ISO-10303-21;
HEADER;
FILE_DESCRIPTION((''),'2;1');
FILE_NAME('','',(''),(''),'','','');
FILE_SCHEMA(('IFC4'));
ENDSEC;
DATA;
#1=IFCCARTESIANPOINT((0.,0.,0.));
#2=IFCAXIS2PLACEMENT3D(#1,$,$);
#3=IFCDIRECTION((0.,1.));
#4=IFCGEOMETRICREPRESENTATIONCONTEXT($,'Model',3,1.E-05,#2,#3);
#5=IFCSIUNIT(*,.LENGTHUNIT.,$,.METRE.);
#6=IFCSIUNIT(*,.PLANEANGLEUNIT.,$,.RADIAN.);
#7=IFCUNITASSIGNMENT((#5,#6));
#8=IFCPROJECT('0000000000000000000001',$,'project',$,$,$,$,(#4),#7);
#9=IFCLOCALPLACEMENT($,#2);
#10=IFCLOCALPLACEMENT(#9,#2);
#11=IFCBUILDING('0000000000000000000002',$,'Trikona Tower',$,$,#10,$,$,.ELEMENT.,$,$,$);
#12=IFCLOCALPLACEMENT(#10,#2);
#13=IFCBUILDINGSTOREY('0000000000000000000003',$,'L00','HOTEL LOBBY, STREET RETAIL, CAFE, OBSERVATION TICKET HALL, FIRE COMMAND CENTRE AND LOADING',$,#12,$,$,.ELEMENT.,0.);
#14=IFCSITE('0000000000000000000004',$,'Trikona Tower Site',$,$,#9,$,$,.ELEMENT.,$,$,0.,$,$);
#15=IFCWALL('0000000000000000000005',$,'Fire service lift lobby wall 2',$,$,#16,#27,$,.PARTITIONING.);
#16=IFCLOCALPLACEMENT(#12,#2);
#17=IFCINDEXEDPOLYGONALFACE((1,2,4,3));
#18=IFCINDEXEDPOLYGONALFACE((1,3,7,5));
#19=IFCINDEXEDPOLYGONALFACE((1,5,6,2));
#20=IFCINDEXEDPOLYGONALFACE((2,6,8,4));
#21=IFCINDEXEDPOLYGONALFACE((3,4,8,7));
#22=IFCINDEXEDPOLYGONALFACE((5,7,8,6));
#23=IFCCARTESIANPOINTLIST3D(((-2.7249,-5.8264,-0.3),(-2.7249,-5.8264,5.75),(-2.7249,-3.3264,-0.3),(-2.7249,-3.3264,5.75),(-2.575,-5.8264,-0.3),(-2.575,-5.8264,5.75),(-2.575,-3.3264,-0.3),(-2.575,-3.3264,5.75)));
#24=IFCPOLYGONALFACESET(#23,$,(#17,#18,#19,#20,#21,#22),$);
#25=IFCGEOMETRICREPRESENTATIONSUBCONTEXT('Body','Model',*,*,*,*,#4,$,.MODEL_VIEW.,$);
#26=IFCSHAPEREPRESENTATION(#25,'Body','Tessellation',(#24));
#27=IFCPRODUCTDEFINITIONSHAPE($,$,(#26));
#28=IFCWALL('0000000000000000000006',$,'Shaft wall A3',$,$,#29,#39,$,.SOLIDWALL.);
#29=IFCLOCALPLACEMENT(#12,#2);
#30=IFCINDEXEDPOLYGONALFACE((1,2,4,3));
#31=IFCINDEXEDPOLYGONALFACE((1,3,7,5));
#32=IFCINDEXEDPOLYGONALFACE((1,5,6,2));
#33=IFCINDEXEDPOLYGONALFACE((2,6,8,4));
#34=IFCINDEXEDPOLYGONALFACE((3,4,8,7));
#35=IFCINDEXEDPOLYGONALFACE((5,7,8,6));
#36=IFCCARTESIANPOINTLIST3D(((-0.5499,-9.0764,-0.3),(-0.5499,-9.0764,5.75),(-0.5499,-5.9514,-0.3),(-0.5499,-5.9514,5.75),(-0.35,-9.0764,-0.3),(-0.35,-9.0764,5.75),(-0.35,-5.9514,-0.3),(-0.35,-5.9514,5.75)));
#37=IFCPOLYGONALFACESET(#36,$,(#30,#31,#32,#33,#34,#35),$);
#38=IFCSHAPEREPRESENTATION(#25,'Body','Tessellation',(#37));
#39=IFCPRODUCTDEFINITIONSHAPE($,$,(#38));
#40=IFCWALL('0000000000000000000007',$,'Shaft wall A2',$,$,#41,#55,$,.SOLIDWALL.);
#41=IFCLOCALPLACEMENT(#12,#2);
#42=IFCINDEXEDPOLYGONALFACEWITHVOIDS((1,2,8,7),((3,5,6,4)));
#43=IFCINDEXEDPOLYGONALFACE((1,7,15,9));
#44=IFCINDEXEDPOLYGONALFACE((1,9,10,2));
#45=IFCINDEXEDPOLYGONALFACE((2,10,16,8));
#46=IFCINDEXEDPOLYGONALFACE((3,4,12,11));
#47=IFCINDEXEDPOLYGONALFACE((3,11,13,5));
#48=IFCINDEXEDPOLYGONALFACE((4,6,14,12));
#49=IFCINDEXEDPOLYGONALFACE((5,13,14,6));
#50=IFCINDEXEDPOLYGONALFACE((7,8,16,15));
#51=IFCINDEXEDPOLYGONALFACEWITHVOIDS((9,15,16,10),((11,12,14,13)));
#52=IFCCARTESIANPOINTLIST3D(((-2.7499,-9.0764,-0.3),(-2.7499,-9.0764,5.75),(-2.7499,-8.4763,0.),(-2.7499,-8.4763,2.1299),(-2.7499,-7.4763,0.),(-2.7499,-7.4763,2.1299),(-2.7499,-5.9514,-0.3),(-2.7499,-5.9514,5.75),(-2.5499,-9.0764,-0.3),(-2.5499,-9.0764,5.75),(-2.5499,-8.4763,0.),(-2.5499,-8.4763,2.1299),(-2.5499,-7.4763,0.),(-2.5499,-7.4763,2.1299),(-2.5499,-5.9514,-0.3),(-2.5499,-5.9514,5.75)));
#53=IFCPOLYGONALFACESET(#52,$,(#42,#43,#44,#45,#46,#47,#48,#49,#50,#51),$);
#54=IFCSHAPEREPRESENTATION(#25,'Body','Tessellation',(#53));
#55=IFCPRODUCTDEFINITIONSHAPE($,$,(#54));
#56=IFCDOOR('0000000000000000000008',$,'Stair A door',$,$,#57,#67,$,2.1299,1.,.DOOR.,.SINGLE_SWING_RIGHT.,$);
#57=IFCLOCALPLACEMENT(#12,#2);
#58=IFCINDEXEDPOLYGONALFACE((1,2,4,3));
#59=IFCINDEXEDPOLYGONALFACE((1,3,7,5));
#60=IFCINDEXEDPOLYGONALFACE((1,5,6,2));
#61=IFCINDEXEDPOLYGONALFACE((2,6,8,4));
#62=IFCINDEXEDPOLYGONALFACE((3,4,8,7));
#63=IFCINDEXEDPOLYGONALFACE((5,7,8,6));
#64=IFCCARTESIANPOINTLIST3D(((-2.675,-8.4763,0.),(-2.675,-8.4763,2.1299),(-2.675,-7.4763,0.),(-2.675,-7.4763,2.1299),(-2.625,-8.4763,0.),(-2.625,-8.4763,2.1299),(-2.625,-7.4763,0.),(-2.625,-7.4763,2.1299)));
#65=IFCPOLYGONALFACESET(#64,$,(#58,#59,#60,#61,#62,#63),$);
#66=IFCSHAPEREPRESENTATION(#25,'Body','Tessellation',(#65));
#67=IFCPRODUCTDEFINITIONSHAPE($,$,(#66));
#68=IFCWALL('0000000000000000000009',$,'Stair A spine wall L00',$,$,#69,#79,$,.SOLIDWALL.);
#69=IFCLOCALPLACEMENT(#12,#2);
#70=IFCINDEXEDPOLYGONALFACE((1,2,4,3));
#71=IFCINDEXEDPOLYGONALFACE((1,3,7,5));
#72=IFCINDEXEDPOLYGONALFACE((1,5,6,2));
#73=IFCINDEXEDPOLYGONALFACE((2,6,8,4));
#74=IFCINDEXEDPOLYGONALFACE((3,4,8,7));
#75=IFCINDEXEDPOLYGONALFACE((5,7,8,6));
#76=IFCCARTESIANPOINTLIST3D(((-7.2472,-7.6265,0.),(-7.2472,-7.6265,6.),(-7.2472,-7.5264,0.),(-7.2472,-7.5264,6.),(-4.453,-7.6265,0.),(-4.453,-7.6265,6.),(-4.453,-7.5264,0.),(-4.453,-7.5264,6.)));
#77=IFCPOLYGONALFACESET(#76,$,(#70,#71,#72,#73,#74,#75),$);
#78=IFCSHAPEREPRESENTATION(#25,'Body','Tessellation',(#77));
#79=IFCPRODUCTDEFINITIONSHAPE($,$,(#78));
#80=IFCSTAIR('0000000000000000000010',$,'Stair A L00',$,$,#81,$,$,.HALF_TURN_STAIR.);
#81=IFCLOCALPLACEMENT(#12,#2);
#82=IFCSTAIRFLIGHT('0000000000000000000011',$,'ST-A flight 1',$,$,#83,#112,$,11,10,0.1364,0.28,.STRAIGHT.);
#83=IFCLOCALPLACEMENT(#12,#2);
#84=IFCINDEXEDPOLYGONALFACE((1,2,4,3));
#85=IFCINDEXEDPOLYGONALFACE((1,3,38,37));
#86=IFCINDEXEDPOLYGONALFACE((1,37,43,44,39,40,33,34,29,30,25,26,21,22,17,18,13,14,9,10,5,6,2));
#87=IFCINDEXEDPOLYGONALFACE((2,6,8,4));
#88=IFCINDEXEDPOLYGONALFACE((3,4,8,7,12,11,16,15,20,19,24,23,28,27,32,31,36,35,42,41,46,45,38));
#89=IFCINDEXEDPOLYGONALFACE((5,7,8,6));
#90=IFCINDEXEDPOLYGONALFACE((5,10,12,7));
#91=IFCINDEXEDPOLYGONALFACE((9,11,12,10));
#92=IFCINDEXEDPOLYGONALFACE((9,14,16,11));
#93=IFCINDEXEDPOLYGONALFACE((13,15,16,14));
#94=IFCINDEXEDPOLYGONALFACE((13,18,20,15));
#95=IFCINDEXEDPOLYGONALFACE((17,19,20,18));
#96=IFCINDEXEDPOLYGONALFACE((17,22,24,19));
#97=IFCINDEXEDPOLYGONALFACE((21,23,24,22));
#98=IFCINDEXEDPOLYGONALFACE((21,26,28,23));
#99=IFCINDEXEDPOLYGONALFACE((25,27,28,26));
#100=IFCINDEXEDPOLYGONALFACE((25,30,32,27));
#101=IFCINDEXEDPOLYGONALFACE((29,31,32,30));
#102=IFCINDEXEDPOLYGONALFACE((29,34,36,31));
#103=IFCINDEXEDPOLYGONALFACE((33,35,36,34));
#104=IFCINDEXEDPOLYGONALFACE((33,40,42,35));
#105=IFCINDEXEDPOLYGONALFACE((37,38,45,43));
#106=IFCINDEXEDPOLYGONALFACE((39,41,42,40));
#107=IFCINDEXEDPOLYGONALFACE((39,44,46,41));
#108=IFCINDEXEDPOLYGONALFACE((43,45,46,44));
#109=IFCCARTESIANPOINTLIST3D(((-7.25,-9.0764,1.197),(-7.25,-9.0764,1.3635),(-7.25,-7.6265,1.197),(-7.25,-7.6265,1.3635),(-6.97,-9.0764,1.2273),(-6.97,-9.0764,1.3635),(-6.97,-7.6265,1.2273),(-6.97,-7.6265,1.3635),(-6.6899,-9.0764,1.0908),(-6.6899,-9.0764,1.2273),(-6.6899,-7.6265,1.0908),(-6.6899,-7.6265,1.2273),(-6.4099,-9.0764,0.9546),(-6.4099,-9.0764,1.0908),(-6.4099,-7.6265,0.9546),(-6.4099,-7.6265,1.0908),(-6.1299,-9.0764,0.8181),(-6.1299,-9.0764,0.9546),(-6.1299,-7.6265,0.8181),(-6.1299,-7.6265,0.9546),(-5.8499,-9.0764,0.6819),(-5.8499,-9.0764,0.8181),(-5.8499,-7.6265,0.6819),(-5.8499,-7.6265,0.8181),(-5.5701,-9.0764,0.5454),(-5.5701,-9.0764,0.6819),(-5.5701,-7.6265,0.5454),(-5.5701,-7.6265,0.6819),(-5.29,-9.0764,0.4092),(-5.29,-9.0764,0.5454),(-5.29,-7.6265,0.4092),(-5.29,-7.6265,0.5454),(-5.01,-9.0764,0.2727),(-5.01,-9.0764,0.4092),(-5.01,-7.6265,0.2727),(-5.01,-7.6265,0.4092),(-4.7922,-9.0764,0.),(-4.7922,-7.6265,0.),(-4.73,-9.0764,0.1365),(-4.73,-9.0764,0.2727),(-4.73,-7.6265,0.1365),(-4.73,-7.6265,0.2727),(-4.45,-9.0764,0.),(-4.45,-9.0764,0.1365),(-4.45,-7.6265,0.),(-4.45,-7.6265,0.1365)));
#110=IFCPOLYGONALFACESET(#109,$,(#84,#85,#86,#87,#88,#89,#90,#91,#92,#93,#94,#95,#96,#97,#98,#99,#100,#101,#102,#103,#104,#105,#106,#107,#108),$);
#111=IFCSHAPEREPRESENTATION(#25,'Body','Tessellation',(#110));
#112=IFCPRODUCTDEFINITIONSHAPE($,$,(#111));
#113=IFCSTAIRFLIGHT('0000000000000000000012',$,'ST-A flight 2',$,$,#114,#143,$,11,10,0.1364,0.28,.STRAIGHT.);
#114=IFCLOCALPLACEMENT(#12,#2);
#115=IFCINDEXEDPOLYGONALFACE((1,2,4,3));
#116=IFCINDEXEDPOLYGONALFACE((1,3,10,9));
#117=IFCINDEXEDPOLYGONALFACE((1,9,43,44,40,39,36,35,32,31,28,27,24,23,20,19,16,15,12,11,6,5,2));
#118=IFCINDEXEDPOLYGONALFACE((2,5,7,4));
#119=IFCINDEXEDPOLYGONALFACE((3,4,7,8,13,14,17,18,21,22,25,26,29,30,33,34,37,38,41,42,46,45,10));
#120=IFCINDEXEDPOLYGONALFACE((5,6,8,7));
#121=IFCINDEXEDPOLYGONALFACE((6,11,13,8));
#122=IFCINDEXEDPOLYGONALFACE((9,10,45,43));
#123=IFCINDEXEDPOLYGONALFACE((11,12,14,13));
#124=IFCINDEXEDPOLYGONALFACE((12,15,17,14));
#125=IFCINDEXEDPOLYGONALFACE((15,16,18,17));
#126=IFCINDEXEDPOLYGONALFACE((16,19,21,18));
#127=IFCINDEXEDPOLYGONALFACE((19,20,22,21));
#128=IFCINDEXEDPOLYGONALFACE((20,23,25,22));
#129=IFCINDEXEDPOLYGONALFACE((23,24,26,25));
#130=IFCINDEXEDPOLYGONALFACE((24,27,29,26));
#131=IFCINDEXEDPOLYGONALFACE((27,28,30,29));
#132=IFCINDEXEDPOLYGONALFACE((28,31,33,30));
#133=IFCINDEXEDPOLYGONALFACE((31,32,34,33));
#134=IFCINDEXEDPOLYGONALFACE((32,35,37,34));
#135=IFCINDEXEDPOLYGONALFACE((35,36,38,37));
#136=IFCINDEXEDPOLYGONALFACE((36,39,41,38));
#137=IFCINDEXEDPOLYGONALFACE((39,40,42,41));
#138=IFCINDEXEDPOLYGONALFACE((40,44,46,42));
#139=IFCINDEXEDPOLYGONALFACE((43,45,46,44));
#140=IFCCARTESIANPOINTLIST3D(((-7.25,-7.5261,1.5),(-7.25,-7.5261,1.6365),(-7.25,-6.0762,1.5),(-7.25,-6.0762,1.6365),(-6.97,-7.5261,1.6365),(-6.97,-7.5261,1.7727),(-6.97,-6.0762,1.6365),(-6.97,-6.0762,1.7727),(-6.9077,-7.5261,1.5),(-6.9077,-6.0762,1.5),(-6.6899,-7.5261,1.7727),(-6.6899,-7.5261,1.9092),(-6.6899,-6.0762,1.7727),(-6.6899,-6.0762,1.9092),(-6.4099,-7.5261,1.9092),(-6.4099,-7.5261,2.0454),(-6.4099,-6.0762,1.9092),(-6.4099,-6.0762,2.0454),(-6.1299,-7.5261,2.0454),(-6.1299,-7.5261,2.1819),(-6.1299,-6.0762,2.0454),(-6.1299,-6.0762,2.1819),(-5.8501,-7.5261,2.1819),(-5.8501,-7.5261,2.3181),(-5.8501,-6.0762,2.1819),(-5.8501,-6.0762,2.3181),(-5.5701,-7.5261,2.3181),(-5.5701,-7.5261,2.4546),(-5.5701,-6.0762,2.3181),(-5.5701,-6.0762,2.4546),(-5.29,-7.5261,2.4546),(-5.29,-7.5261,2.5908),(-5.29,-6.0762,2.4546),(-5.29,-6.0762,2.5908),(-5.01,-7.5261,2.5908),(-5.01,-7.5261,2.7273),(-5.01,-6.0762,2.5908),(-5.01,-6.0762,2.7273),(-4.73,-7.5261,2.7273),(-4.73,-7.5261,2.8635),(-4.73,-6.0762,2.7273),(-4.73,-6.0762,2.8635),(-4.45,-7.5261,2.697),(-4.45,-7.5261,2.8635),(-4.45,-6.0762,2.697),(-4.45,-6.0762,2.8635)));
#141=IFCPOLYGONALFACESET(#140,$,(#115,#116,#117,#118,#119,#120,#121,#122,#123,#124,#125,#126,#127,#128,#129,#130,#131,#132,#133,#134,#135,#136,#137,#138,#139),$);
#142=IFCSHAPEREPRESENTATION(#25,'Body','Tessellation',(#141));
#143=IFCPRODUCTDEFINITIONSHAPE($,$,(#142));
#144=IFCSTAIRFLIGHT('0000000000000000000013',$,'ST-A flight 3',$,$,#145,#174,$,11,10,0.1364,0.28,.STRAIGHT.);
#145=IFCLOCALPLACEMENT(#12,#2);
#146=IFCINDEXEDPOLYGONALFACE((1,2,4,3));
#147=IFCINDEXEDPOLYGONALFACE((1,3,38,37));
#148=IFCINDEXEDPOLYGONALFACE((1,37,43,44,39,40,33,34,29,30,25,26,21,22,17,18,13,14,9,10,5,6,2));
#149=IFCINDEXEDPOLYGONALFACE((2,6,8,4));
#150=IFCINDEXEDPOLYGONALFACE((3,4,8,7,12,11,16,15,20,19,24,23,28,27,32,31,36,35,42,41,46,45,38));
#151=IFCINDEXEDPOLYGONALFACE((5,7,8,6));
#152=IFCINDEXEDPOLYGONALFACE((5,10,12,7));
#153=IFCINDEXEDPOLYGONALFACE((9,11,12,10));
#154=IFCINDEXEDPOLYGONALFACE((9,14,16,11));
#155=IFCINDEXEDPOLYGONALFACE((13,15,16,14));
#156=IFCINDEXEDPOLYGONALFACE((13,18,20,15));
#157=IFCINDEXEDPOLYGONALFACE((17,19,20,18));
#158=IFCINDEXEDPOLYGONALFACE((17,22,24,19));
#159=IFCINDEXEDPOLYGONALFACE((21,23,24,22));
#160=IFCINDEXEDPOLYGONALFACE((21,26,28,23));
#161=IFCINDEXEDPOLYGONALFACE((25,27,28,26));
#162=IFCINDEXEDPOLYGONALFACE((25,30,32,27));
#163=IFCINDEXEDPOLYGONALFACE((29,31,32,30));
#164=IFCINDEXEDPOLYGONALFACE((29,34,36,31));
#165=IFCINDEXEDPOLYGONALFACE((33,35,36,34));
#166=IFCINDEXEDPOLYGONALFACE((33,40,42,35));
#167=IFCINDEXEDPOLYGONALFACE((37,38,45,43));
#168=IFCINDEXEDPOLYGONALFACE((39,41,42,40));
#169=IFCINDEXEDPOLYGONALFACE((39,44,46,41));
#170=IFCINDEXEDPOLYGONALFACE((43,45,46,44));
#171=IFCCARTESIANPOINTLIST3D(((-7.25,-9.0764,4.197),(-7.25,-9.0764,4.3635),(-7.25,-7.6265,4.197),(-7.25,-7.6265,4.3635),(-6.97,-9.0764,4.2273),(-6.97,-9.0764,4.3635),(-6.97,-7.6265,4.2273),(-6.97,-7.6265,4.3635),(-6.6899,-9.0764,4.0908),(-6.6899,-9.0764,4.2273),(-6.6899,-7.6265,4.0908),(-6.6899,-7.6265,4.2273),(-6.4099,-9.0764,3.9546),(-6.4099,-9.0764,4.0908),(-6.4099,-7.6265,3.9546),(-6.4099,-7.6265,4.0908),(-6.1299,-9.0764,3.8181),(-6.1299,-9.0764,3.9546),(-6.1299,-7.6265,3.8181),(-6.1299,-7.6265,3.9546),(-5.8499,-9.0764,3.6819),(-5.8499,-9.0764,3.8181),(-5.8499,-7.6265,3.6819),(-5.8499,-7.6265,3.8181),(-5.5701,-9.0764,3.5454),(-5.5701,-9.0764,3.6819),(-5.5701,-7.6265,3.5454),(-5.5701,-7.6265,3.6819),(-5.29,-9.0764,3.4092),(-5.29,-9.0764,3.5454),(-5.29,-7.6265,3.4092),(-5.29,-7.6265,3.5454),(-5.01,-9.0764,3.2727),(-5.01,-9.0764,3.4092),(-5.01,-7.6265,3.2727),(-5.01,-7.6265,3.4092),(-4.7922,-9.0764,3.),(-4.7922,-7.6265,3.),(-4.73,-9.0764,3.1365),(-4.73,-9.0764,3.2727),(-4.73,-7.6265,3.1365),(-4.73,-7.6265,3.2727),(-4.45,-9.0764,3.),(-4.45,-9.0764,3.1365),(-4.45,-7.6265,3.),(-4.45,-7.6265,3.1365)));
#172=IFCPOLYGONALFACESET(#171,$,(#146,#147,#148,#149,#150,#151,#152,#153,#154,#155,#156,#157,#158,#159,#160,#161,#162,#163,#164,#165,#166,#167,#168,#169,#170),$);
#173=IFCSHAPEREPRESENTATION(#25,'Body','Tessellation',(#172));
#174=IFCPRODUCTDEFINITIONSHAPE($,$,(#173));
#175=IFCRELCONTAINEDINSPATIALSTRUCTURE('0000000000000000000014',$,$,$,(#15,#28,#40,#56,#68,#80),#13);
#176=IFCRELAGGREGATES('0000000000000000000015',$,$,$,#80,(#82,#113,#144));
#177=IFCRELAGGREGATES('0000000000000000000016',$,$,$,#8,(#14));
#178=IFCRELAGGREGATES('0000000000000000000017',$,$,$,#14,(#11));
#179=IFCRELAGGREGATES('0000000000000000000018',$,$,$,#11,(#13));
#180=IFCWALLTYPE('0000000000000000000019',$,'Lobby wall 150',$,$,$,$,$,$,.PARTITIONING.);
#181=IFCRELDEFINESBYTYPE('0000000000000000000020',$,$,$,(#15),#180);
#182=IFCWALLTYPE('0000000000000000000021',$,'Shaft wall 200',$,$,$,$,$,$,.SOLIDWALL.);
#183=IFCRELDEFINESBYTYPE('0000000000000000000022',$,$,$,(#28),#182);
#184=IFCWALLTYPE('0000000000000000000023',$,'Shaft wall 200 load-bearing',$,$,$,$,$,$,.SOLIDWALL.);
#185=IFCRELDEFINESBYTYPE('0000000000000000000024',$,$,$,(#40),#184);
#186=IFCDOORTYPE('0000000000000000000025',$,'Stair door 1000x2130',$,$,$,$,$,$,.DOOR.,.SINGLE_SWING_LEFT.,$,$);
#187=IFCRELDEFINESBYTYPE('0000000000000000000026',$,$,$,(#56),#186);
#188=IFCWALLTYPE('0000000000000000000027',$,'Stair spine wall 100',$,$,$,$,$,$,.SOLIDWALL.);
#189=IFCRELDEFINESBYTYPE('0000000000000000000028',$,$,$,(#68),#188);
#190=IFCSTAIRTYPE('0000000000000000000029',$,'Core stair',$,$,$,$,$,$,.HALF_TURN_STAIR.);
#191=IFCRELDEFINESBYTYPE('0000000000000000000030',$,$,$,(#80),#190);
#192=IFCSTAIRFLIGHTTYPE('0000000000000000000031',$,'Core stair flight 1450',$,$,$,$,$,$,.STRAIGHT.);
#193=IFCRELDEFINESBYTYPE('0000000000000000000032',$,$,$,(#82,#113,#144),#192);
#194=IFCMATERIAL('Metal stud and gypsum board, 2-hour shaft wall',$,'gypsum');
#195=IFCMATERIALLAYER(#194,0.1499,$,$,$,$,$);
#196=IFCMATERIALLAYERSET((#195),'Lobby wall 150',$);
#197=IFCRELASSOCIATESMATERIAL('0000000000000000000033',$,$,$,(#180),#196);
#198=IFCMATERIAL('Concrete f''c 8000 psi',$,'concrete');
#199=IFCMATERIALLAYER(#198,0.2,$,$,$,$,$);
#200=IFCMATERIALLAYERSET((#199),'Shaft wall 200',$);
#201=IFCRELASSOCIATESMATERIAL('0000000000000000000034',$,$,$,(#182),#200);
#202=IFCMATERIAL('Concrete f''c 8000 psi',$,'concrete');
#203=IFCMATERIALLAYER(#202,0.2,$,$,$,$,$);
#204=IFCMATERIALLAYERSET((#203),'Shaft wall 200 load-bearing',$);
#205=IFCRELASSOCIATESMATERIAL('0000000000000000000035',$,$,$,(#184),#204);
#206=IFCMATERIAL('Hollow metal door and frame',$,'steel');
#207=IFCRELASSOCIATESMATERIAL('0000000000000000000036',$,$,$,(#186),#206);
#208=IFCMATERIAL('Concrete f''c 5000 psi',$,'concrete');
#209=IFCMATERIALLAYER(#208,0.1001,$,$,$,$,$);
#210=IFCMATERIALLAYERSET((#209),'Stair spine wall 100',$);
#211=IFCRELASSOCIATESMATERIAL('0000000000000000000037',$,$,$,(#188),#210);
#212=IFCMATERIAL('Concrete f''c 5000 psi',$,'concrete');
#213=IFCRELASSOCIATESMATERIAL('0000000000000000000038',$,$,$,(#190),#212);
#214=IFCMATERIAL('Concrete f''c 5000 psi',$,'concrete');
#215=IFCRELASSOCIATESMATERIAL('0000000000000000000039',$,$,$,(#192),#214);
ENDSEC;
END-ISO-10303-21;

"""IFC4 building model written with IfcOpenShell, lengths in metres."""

from ifc_helpers import new_model, si_unit, direction, frame, frame_2d, origin, place, context, subcontext, project, spatial, polyline, rectangle, outline, extrude, material, layer, layer_set, type_object, element, fill, aggregate, save


model = new_model("IFC4")

# Units and contexts
model_context = context("Model", 3, precision=1e-05, world=origin(), true_north=direction((0.0, 1.0)))
body_context = subcontext(model_context, "Body", "Model", "MODEL_VIEW")
ifc_project = project(units=[si_unit("LENGTHUNIT", "METRE"), si_unit("PLANEANGLEUNIT", "RADIAN")], contexts=[model_context])

# Site, building, storey
site_placement = place(None, origin())
site = spatial("IfcSite", under=ifc_project, at=site_placement, Name="Trikona Tower Site", CompositionType="ELEMENT", RefElevation=0.0)
building_placement = place(site_placement, origin())
building = spatial("IfcBuilding", under=site, at=building_placement, Name="Trikona Tower", CompositionType="ELEMENT")
storey_placement = place(building_placement, origin())
storey = spatial("IfcBuildingStorey", under=building, at=storey_placement, Name="L00", Description="HOTEL LOBBY, STREET RETAIL, CAFE, OBSERVATION TICKET HALL, FIRE COMMAND CENTRE AND LOADING", CompositionType="ELEMENT", Elevation=0.0)

# Walls
ifc_material_1 = material(Name="Metal stud and gypsum board, 2-hour shaft wall", Category="gypsum")
ifc_layer_1 = layer(ifc_material_1, 0.1499)
ifc_layer_set_1 = layer_set([ifc_layer_1], Name="Lobby wall 150")
wall_type_1 = type_object("IfcWallType", Name="Lobby wall 150", PredefinedType="PARTITIONING", material=ifc_layer_set_1)
wall_1_placement = place(storey_placement, frame((-2.6499, -5.8264, -0.3), z_axis=(0.0, 0.0, 1.0), x_axis=(0.0, 1.0, 0.0)))
element("IfcWall", 1, at=wall_1_placement, inside=storey, type_object=wall_type_1, Name="Fire service lift lobby wall 2", PredefinedType="PARTITIONING", context=body_context, shape_type="SweptSolid", body=[
    extrude(rectangle(XDim=2.5, YDim=0.1499, at=frame_2d((1.25, 0.0))), origin(), (0.0, 0.0, 1.0), 6.05),
])
ifc_material_2 = material(Name="Concrete f'c 8000 psi", Category="concrete")
ifc_layer_2 = layer(ifc_material_2, 0.2)
ifc_layer_set_2 = layer_set([ifc_layer_2], Name="Shaft wall 200")
wall_type_2 = type_object("IfcWallType", Name="Shaft wall 200", PredefinedType="SOLIDWALL", material=ifc_layer_set_2)
wall_2_placement = place(storey_placement, frame((-0.45, -5.9514, -0.3), z_axis=(0.0, 0.0, 1.0), x_axis=(0.0, -1.0, 0.0)))
element("IfcWall", 2, at=wall_2_placement, inside=storey, type_object=wall_type_2, Name="Shaft wall A3", PredefinedType="SOLIDWALL", context=body_context, shape_type="SweptSolid", body=[
    extrude(rectangle(XDim=3.125, YDim=0.2, at=frame_2d((1.5625, 0.0))), origin(), (0.0, 0.0, 1.0), 6.05),
])

# Wall, opening, door
ifc_material_3 = material(Name="Concrete f'c 8000 psi", Category="concrete")
ifc_layer_3 = layer(ifc_material_3, 0.2)
ifc_layer_set_3 = layer_set([ifc_layer_3], Name="Shaft wall 200 load-bearing")
wall_type_3 = type_object("IfcWallType", Name="Shaft wall 200 load-bearing", PredefinedType="SOLIDWALL", material=ifc_layer_set_3)
wall_3_placement = place(storey_placement, frame((-2.6499, -5.9514, -0.3), z_axis=(0.0, 0.0, 1.0), x_axis=(0.0, -1.0, 0.0)))
wall_3 = element("IfcWall", 3, at=wall_3_placement, inside=storey, type_object=wall_type_3, Name="Shaft wall A2", PredefinedType="SOLIDWALL", context=body_context, shape_type="SweptSolid", body=[
    extrude(rectangle(XDim=3.125, YDim=0.2, at=frame_2d((1.5625, 0.0))), origin(), (0.0, 0.0, 1.0), 6.05),
])
opening_1_placement = place(wall_3_placement, frame((1.5249, 0.0, 0.3)))
opening_1 = element("IfcOpeningElement", 4, at=opening_1_placement, cuts=wall_3, PredefinedType="OPENING", context=body_context, shape_type="SweptSolid", body=[
    extrude(rectangle(XDim=1.0, YDim=2.1299, at=frame_2d((0.5, 1.0649))), frame((0.0, 0.1099, 0.0), z_axis=(0.0, -1.0, 0.0), x_axis=(1.0, 0.0, 0.0)), (0.0, 0.0, 1.0), 0.22),
])
ifc_material_4 = material(Name="Hollow metal door and frame", Category="steel")
door_type_1 = type_object("IfcDoorType", Name="Stair door 1000x2130", OperationType="SINGLE_SWING_LEFT", PredefinedType="DOOR", material=ifc_material_4)
door_1_placement = place(opening_1_placement, origin())
door_1 = element("IfcDoor", 5, at=door_1_placement, inside=storey, type_object=door_type_1, Name="Stair A door", OperationType="SINGLE_SWING_RIGHT", OverallHeight=2.1299, OverallWidth=1.0, PredefinedType="DOOR", context=body_context, shape_type="SweptSolid", body=[
    extrude(rectangle(XDim=1.0, YDim=2.1299, at=frame_2d((0.5, 1.0649))), frame((0.0, 0.0249, 0.0), z_axis=(0.0, -1.0, 0.0), x_axis=(1.0, 0.0, 0.0)), (0.0, 0.0, 1.0), 0.05),
])
fill(opening_1, door_1)

# Wall
ifc_material_5 = material(Name="Concrete f'c 5000 psi", Category="concrete")
ifc_layer_4 = layer(ifc_material_5, 0.1001)
ifc_layer_set_4 = layer_set([ifc_layer_4], Name="Stair spine wall 100")
wall_type_4 = type_object("IfcWallType", Name="Stair spine wall 100", PredefinedType="SOLIDWALL", material=ifc_layer_set_4)
wall_4_placement = place(storey_placement, frame((-7.2471, -7.5764, 0.0), z_axis=(0.0, 0.0, 1.0), x_axis=(1.0, 0.0, 0.0)))
element("IfcWall", 6, at=wall_4_placement, inside=storey, type_object=wall_type_4, Name="Stair A spine wall L00", PredefinedType="SOLIDWALL", context=body_context, shape_type="SweptSolid", body=[
    extrude(rectangle(XDim=2.7942, YDim=0.1001, at=frame_2d((1.397, 0.0))), origin(), (0.0, 0.0, 1.0), 6.0),
])

# Stair, stair flights
ifc_material_6 = material(Name="Concrete f'c 5000 psi", Category="concrete")
stair_type = type_object("IfcStairType", Name="Core stair", PredefinedType="HALF_TURN_STAIR", material=ifc_material_6)
stair_placement = place(storey_placement, origin())
stair = element("IfcStair", 7, at=stair_placement, inside=storey, type_object=stair_type, Name="Stair A L00", PredefinedType="HALF_TURN_STAIR")
ifc_material_7 = material(Name="Concrete f'c 5000 psi", Category="concrete")
stair_flight_type = type_object("IfcStairFlightType", Name="Core stair flight 1450", PredefinedType="STRAIGHT", material=ifc_material_7)
stair_flight_1_placement = place(storey_placement, frame((-4.45, -8.3513, 0.0), z_axis=(0.0, 0.0, 1.0), x_axis=(-1.0, 0.0, 0.0)))
stair_flight_1 = element("IfcStairFlight", 8, at=stair_flight_1_placement, type_object=stair_flight_type, Name="ST-A flight 1", NumberOfRisers=11, NumberOfTreads=10, PredefinedType="STRAIGHT", RiserHeight=0.1364, TreadLength=0.28, context=body_context, shape_type="SweptSolid", body=[
    extrude(outline(polyline([(0.0, 0.0), (0.0, 0.1365), (0.28, 0.1365), (0.28, 0.2727), (0.5601, 0.2727), (0.5601, 0.4092), (0.8401, 0.4092), (0.8401, 0.5454), (1.1201, 0.5454), (1.1201, 0.6819), (1.3999, 0.6819), (1.3999, 0.8181), (1.6799, 0.8181), (1.6799, 0.9546), (1.96, 0.9546), (1.96, 1.0908), (2.24, 1.0908), (2.24, 1.2273), (2.52, 1.2273), (2.52, 1.3635), (2.8, 1.3635), (2.8, 1.5), (2.8, 1.197), (0.3423, 0.0), (0.0, 0.0)])), frame((0.0, 0.7251, 0.0), z_axis=(0.0, -1.0, 0.0), x_axis=(1.0, 0.0, 0.0)), (0.0, 0.0, 1.0), 1.45),
])
stair_flight_2_placement = place(storey_placement, frame((-7.25, -6.8013, 1.5), z_axis=(0.0, 0.0, 1.0), x_axis=(1.0, 0.0, 0.0)))
stair_flight_2 = element("IfcStairFlight", 9, at=stair_flight_2_placement, type_object=stair_flight_type, Name="ST-A flight 2", NumberOfRisers=11, NumberOfTreads=10, PredefinedType="STRAIGHT", RiserHeight=0.1364, TreadLength=0.28, context=body_context, shape_type="SweptSolid", body=[
    extrude(outline(polyline([(0.0, 0.0), (0.0, 0.1365), (0.28, 0.1365), (0.28, 0.2727), (0.5601, 0.2727), (0.5601, 0.4092), (0.8401, 0.4092), (0.8401, 0.5454), (1.1201, 0.5454), (1.1201, 0.6819), (1.3999, 0.6819), (1.3999, 0.8181), (1.6799, 0.8181), (1.6799, 0.9546), (1.96, 0.9546), (1.96, 1.0908), (2.24, 1.0908), (2.24, 1.2273), (2.52, 1.2273), (2.52, 1.3635), (2.8, 1.3635), (2.8, 1.5), (2.8, 1.197), (0.3423, 0.0), (0.0, 0.0)])), frame((0.0, 0.7251, 0.0), z_axis=(0.0, -1.0, 0.0), x_axis=(1.0, 0.0, 0.0)), (0.0, 0.0, 1.0), 1.45),
])
stair_flight_3_placement = place(storey_placement, frame((-4.45, -8.3513, 3.0), z_axis=(0.0, 0.0, 1.0), x_axis=(-1.0, 0.0, 0.0)))
stair_flight_3 = element("IfcStairFlight", 10, at=stair_flight_3_placement, type_object=stair_flight_type, Name="ST-A flight 3", NumberOfRisers=11, NumberOfTreads=10, PredefinedType="STRAIGHT", RiserHeight=0.1364, TreadLength=0.28, context=body_context, shape_type="SweptSolid", body=[
    extrude(outline(polyline([(0.0, 0.0), (0.0, 0.1365), (0.28, 0.1365), (0.28, 0.2727), (0.5601, 0.2727), (0.5601, 0.4092), (0.8401, 0.4092), (0.8401, 0.5454), (1.1201, 0.5454), (1.1201, 0.6819), (1.3999, 0.6819), (1.3999, 0.8181), (1.6799, 0.8181), (1.6799, 0.9546), (1.96, 0.9546), (1.96, 1.0908), (2.24, 1.0908), (2.24, 1.2273), (2.52, 1.2273), (2.52, 1.3635), (2.8, 1.3635), (2.8, 1.5), (2.8, 1.197), (0.3423, 0.0), (0.0, 0.0)])), frame((0.0, 0.7251, 0.0), z_axis=(0.0, -1.0, 0.0), x_axis=(1.0, 0.0, 0.0)), (0.0, 0.0, 1.0), 1.45),
])
aggregate(stair, [stair_flight_1, stair_flight_2, stair_flight_3])

save(model, "model.ifc")
